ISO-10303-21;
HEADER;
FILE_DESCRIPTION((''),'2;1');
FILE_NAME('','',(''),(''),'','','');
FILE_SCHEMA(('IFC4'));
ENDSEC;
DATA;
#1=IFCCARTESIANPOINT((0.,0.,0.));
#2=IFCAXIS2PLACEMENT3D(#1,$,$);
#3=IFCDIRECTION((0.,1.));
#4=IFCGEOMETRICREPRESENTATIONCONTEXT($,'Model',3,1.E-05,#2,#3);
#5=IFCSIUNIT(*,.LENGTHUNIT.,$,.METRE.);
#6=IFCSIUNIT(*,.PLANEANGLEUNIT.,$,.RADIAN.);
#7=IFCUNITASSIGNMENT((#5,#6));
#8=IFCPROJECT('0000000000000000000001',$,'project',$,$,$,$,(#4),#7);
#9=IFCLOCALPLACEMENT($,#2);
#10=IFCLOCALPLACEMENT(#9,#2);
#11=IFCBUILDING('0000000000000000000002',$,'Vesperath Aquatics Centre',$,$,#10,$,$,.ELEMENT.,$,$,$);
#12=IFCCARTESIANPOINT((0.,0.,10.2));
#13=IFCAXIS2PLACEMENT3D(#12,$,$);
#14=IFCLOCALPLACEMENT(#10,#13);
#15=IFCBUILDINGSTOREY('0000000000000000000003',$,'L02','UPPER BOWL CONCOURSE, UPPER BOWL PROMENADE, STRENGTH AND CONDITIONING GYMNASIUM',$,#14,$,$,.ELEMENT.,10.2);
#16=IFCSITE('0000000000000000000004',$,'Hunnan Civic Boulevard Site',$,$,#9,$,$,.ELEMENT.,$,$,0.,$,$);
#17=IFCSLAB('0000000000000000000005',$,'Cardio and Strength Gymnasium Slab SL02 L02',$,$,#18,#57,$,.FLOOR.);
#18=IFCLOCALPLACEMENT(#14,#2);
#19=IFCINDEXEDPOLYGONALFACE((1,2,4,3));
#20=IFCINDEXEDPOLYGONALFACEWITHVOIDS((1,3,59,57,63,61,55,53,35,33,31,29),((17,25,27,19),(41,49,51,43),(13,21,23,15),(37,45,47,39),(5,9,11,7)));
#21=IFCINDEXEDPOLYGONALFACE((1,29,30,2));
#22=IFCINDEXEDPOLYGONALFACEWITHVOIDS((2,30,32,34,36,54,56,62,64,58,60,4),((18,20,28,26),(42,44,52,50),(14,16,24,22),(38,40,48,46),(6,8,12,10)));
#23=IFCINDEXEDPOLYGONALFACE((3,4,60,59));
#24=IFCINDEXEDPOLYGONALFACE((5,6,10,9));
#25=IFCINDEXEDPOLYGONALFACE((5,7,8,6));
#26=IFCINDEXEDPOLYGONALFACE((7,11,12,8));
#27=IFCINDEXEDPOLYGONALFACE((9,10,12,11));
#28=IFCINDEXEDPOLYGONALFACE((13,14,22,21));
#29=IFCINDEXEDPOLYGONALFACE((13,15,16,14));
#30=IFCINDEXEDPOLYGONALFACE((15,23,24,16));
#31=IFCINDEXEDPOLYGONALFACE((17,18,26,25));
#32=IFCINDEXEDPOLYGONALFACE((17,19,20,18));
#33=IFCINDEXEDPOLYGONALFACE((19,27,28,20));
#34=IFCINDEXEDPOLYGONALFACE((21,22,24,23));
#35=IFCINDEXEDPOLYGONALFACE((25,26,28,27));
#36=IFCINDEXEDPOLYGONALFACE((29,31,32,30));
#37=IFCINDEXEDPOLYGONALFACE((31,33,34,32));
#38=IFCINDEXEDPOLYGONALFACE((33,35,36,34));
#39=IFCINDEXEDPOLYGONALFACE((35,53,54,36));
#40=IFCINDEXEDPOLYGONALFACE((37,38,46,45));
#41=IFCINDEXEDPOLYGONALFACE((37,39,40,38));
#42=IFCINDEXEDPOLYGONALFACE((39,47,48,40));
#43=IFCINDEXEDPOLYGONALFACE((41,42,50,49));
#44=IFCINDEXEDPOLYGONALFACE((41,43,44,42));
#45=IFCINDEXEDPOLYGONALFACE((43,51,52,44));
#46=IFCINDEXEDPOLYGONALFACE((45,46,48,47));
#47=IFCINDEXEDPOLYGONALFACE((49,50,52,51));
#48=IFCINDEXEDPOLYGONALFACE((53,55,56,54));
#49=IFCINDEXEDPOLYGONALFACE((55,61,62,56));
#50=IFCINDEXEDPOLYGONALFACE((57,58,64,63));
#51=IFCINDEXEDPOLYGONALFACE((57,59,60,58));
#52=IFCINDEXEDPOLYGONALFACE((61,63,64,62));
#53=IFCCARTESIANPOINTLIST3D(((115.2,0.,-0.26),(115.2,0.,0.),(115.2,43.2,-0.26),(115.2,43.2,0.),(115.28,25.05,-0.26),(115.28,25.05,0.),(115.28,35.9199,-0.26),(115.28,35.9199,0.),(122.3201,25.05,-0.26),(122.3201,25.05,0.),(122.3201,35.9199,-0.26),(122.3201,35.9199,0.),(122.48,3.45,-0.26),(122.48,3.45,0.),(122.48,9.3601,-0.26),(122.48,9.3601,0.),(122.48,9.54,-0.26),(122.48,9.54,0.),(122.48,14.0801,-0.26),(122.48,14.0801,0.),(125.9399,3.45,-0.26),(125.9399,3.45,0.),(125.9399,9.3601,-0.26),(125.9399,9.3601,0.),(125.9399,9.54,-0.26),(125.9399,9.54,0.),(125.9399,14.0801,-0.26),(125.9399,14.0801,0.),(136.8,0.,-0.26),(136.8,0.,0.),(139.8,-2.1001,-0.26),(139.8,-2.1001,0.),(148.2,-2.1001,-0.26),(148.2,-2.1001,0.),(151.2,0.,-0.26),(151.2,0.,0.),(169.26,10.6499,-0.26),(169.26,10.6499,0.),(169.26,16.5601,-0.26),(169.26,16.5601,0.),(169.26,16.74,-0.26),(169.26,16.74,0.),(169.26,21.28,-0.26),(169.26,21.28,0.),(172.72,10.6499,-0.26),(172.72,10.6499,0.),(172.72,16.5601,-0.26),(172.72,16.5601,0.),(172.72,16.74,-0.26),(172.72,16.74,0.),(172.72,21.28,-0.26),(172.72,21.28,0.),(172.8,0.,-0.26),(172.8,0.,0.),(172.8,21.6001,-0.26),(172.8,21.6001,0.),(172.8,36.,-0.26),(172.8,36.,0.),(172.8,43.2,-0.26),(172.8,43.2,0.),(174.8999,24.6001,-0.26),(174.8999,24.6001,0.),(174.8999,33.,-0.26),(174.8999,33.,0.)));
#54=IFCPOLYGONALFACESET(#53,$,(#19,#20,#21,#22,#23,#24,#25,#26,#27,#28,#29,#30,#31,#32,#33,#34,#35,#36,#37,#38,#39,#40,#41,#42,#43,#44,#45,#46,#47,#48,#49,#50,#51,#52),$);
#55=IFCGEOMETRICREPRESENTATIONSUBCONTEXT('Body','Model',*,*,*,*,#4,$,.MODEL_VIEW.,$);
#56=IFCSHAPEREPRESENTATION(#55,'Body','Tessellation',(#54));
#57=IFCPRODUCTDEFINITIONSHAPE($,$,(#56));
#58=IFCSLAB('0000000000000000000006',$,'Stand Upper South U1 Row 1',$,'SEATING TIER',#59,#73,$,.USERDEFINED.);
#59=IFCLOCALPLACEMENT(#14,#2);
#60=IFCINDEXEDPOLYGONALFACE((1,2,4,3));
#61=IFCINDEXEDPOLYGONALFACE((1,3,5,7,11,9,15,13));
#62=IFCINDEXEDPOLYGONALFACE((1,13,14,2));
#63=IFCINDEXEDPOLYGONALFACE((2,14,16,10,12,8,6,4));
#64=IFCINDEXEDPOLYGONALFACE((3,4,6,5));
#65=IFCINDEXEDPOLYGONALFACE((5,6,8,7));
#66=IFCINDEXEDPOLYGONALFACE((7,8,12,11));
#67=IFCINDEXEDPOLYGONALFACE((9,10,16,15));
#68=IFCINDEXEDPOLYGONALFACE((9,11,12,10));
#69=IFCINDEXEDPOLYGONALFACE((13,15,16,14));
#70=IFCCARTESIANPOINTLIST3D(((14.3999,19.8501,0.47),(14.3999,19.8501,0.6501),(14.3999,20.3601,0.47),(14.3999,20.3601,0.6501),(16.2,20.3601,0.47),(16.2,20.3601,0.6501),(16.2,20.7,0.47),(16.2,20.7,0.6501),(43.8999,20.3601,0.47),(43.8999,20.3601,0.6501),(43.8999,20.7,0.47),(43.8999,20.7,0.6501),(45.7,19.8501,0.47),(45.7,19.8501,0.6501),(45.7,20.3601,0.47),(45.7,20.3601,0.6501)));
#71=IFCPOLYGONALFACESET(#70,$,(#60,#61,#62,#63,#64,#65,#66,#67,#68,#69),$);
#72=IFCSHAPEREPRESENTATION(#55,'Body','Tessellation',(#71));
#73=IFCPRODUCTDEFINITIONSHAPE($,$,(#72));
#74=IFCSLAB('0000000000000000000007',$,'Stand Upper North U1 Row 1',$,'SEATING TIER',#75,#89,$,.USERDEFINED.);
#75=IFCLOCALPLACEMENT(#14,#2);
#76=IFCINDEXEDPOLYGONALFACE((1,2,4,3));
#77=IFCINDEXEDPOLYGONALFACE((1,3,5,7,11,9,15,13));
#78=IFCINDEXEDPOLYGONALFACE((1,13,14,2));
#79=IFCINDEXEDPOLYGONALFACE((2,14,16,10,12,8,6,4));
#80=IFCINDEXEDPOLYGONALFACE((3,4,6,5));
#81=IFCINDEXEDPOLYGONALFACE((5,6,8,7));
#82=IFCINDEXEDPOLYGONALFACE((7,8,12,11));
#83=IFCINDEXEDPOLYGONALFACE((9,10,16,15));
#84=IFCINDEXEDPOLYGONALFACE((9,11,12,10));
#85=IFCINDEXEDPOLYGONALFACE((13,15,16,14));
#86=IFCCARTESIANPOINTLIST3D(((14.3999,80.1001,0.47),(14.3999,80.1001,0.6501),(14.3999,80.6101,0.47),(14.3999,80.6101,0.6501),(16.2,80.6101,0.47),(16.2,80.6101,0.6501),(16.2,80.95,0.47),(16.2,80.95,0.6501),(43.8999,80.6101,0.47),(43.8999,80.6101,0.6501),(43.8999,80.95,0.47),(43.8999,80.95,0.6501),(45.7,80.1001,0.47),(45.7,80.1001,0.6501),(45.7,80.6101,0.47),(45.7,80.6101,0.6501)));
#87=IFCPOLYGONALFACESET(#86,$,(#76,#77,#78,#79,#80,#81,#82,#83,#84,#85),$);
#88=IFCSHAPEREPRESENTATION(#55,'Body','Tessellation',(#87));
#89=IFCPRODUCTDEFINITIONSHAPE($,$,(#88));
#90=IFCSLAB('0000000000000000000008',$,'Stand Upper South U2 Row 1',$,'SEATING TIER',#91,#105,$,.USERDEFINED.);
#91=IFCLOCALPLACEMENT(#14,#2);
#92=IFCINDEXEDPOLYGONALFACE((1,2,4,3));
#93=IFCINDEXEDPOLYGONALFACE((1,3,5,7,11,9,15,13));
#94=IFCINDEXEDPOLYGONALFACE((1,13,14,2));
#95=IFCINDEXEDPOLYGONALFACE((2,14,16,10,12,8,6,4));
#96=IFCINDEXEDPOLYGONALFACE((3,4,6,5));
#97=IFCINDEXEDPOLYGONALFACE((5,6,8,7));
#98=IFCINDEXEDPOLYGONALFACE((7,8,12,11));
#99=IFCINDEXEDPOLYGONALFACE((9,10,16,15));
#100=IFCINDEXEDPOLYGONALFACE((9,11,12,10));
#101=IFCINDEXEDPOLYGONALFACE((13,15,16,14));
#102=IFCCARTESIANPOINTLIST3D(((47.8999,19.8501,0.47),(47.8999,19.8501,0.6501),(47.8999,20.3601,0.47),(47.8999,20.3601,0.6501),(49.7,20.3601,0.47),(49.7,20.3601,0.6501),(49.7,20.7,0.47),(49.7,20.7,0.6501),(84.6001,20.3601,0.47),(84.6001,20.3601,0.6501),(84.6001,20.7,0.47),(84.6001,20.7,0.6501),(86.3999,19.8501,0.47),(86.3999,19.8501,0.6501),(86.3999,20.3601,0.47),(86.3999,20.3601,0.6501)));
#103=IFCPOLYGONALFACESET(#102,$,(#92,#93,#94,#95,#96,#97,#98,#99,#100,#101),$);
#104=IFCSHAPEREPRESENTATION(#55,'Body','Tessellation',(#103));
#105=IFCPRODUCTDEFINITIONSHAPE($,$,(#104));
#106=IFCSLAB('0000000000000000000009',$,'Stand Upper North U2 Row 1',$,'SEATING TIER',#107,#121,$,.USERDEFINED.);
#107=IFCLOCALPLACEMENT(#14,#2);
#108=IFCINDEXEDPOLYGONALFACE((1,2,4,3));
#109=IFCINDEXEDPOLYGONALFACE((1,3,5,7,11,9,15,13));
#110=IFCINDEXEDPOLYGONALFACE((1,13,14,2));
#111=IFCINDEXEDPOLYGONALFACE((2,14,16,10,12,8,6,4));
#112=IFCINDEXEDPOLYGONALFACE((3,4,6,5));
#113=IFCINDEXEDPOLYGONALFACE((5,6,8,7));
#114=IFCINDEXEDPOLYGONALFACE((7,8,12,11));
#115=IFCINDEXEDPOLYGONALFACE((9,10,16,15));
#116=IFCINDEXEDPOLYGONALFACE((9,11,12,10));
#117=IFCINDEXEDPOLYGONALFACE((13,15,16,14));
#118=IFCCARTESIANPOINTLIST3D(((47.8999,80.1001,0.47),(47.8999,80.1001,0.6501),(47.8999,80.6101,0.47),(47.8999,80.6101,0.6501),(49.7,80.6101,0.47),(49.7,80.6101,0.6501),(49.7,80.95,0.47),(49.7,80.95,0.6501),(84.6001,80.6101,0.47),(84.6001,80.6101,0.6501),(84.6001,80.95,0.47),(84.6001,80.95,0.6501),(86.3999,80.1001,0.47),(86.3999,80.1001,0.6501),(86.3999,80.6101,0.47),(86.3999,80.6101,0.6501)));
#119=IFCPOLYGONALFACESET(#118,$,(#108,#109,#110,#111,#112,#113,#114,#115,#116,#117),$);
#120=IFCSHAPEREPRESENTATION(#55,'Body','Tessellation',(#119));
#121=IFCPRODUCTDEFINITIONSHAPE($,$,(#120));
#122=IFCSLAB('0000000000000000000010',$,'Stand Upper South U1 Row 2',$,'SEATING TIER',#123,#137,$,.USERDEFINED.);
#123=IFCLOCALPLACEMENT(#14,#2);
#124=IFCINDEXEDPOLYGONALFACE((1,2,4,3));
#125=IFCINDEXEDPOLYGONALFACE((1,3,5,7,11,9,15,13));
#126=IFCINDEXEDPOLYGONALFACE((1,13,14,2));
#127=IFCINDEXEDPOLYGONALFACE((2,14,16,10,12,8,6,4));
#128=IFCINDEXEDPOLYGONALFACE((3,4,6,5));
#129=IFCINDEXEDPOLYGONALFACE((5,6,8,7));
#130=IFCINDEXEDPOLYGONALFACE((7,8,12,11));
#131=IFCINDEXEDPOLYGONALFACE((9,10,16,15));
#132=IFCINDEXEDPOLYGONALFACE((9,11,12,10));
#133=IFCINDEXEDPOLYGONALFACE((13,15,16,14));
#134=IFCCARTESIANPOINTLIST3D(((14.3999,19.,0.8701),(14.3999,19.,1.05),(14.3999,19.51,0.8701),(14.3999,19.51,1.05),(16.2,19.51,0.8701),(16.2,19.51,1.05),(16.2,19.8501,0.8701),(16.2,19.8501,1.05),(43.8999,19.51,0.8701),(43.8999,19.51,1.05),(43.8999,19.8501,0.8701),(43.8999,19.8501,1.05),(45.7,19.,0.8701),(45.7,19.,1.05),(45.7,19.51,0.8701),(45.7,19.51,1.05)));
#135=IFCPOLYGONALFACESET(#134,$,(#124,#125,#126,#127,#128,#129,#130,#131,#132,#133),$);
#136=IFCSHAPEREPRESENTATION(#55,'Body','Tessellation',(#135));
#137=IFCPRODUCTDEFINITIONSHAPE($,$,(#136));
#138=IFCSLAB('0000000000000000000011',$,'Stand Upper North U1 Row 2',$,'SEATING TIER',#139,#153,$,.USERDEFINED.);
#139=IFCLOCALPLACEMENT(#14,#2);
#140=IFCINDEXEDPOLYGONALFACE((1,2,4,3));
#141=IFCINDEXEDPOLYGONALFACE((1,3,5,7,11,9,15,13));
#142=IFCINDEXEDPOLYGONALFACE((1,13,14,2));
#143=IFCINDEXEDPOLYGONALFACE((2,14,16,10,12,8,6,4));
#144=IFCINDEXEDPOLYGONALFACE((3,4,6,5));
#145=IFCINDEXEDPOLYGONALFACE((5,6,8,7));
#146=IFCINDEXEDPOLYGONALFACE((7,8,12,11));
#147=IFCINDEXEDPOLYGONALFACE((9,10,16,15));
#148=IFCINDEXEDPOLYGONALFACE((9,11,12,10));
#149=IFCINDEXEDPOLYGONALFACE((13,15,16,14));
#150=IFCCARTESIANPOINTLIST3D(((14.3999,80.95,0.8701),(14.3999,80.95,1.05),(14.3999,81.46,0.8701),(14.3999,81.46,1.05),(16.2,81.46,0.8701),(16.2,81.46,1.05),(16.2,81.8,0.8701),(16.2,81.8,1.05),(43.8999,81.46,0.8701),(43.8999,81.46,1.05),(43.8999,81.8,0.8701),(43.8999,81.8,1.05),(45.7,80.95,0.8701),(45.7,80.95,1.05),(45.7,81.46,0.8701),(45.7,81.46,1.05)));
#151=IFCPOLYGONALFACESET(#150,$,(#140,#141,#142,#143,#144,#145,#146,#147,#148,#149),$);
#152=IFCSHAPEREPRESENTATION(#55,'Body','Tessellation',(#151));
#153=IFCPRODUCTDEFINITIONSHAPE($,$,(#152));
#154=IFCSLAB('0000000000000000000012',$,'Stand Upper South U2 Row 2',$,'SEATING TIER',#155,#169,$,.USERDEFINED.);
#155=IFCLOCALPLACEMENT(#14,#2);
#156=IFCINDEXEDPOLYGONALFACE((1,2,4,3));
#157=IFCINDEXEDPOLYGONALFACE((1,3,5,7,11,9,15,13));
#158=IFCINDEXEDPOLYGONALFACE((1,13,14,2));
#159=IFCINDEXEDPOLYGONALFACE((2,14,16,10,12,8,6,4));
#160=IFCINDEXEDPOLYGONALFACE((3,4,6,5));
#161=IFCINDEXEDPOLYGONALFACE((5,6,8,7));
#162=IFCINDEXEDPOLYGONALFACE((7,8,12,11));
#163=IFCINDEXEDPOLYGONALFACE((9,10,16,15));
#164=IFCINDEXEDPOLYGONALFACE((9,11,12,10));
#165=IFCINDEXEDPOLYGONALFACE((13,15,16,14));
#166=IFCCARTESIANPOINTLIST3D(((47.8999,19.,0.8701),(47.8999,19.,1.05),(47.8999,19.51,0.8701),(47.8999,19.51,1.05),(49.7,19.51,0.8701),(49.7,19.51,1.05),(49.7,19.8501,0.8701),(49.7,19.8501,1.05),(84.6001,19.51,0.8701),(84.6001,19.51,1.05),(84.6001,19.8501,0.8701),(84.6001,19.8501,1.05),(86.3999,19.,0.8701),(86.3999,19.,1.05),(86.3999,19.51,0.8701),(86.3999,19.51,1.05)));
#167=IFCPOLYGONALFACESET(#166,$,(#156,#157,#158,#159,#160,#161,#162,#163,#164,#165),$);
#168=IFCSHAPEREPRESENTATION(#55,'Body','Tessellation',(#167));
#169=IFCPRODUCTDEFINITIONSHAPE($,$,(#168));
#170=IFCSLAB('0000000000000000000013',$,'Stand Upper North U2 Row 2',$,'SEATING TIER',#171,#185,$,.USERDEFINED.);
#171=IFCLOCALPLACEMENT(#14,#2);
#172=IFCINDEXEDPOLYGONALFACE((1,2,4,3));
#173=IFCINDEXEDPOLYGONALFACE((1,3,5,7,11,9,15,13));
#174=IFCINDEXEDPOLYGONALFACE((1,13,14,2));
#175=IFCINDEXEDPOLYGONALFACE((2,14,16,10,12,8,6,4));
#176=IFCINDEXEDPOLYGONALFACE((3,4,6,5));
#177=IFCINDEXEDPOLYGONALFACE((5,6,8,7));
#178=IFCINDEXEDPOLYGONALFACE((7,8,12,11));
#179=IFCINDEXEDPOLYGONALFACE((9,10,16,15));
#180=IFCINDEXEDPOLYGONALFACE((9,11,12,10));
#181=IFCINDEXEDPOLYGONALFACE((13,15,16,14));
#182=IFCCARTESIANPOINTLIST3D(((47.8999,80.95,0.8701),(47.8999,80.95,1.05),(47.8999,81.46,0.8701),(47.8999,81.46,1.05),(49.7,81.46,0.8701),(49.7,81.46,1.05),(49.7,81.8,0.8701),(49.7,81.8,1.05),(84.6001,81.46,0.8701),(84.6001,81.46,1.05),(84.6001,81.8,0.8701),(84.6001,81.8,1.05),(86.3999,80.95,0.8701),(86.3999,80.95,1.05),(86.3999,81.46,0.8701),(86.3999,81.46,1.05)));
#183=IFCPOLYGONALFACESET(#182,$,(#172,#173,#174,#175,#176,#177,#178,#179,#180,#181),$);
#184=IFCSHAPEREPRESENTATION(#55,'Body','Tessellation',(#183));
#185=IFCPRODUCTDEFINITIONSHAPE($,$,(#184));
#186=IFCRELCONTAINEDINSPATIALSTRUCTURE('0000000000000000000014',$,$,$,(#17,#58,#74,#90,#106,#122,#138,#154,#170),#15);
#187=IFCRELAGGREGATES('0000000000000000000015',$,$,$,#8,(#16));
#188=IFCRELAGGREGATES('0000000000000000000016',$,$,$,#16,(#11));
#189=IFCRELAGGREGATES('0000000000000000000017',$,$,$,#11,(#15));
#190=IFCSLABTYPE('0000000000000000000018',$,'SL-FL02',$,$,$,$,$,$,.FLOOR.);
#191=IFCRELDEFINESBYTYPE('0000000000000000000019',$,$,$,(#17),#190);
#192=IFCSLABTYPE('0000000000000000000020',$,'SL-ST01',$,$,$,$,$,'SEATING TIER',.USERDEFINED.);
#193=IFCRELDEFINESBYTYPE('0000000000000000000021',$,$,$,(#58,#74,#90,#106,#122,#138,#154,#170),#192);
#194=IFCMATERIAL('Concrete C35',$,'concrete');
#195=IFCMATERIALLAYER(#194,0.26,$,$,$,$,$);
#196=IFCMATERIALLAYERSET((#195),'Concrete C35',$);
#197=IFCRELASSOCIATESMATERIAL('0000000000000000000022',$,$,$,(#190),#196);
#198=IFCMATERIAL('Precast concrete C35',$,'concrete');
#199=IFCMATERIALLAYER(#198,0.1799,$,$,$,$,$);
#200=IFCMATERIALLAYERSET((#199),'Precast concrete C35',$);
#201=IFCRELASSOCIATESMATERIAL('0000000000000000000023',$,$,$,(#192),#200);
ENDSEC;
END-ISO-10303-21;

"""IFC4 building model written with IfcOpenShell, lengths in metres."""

from ifc_helpers import new_model, si_unit, direction, frame, origin, place, context, subcontext, project, spatial, polyline, outline, extrude, material, layer, layer_set, type_object, element, save


model = new_model("IFC4")

# Units and contexts
model_context = context("Model", 3, precision=1e-05, world=origin(), true_north=direction((0.0, 1.0)))
body_context = subcontext(model_context, "Body", "Model", "MODEL_VIEW")
ifc_project = project(units=[si_unit("LENGTHUNIT", "METRE"), si_unit("PLANEANGLEUNIT", "RADIAN")], contexts=[model_context])

# Site, building, storey
site_placement = place(None, origin())
site = spatial("IfcSite", under=ifc_project, at=site_placement, Name="Hunnan Civic Boulevard Site", CompositionType="ELEMENT", RefElevation=0.0)
building_placement = place(site_placement, origin())
building = spatial("IfcBuilding", under=site, at=building_placement, Name="Vesperath Aquatics Centre", CompositionType="ELEMENT")
storey_placement = place(building_placement, frame((0.0, 0.0, 10.2)))
storey = spatial("IfcBuildingStorey", under=building, at=storey_placement, Name="L02", Description="UPPER BOWL CONCOURSE, UPPER BOWL PROMENADE, STRENGTH AND CONDITIONING GYMNASIUM", CompositionType="ELEMENT", Elevation=10.2)

# Slabs
ifc_material_1 = material(Name="Concrete C35", Category="concrete")
ifc_layer_1 = layer(ifc_material_1, 0.26)
ifc_layer_set_1 = layer_set([ifc_layer_1], Name="Concrete C35")
slab_type_1 = type_object("IfcSlabType", Name="SL-FL02", PredefinedType="FLOOR", material=ifc_layer_set_1)
slab_1_placement = place(storey_placement, frame((0.0, 0.0, -0.26)))
element("IfcSlab", 1, at=slab_1_placement, inside=storey, type_object=slab_type_1, Name="Cardio and Strength Gymnasium Slab SL02 L02", PredefinedType="FLOOR", context=body_context, shape_type="SweptSolid", body=[
    extrude(outline(polyline([(115.2, 0.0), (136.8, 0.0), (139.8, -2.1001), (148.2, -2.1001), (151.2, 0.0), (172.8, 0.0), (172.8, 21.6001), (174.8999, 24.6001), (174.8999, 33.0), (172.8, 36.0), (172.8, 43.2), (115.2, 43.2), (115.2, 0.0)]), holes=[polyline([(122.48, 3.45), (125.9399, 3.45), (125.9399, 9.3601), (122.48, 9.3601), (122.48, 3.45)]), polyline([(122.48, 9.54), (125.9399, 9.54), (125.9399, 14.0801), (122.48, 14.0801), (122.48, 9.54)]), polyline([(169.26, 10.6499), (172.72, 10.6499), (172.72, 16.5601), (169.26, 16.5601), (169.26, 10.6499)]), polyline([(169.26, 16.74), (172.72, 16.74), (172.72, 21.28), (169.26, 21.28), (169.26, 16.74)]), polyline([(115.28, 25.05), (122.3201, 25.05), (122.3201, 35.9199), (115.28, 35.9199), (115.28, 25.05)])]), origin(), (0.0, 0.0, 1.0), 0.26),
])
ifc_material_2 = material(Name="Precast concrete C35", Category="concrete")
ifc_layer_2 = layer(ifc_material_2, 0.1799)
ifc_layer_set_2 = layer_set([ifc_layer_2], Name="Precast concrete C35")
slab_type_2 = type_object("IfcSlabType", Name="SL-ST01", ElementType="SEATING TIER", PredefinedType="USERDEFINED", material=ifc_layer_set_2)
slab_2_placement = place(storey_placement, frame((0.0, 0.0, 0.47)))
element("IfcSlab", 2, at=slab_2_placement, inside=storey, type_object=slab_type_2, Name="Stand Upper South U1 Row 1", ObjectType="SEATING TIER", PredefinedType="USERDEFINED", context=body_context, shape_type="SweptSolid", body=[
    extrude(outline(polyline([(14.3999, 19.8501), (45.7, 19.8501), (45.7, 20.3601), (43.8999, 20.3601), (43.8999, 20.7), (16.2, 20.7), (16.2, 20.3601), (14.3999, 20.3601), (14.3999, 19.8501)])), origin(), (0.0, 0.0, 1.0), 0.1802),
])
slab_3_placement = place(storey_placement, frame((0.0, 0.0, 0.47)))
element("IfcSlab", 3, at=slab_3_placement, inside=storey, type_object=slab_type_2, Name="Stand Upper North U1 Row 1", ObjectType="SEATING TIER", PredefinedType="USERDEFINED", context=body_context, shape_type="SweptSolid", body=[
    extrude(outline(polyline([(14.3999, 80.1001), (45.7, 80.1001), (45.7, 80.6101), (43.8999, 80.6101), (43.8999, 80.95), (16.2, 80.95), (16.2, 80.6101), (14.3999, 80.6101), (14.3999, 80.1001)])), origin(), (0.0, 0.0, 1.0), 0.1802),
])
slab_4_placement = place(storey_placement, frame((0.0, 0.0, 0.47)))
element("IfcSlab", 4, at=slab_4_placement, inside=storey, type_object=slab_type_2, Name="Stand Upper South U2 Row 1", ObjectType="SEATING TIER", PredefinedType="USERDEFINED", context=body_context, shape_type="SweptSolid", body=[
    extrude(outline(polyline([(47.8999, 19.8501), (86.3999, 19.8501), (86.3999, 20.3601), (84.6001, 20.3601), (84.6001, 20.7), (49.7, 20.7), (49.7, 20.3601), (47.8999, 20.3601), (47.8999, 19.8501)])), origin(), (0.0, 0.0, 1.0), 0.1802),
])
slab_5_placement = place(storey_placement, frame((0.0, 0.0, 0.47)))
element("IfcSlab", 5, at=slab_5_placement, inside=storey, type_object=slab_type_2, Name="Stand Upper North U2 Row 1", ObjectType="SEATING TIER", PredefinedType="USERDEFINED", context=body_context, shape_type="SweptSolid", body=[
    extrude(outline(polyline([(47.8999, 80.1001), (86.3999, 80.1001), (86.3999, 80.6101), (84.6001, 80.6101), (84.6001, 80.95), (49.7, 80.95), (49.7, 80.6101), (47.8999, 80.6101), (47.8999, 80.1001)])), origin(), (0.0, 0.0, 1.0), 0.1802),
])
slab_6_placement = place(storey_placement, frame((0.0, 0.0, 0.8701)))
element("IfcSlab", 6, at=slab_6_placement, inside=storey, type_object=slab_type_2, Name="Stand Upper South U1 Row 2", ObjectType="SEATING TIER", PredefinedType="USERDEFINED", context=body_context, shape_type="SweptSolid", body=[
    extrude(outline(polyline([(14.3999, 19.0), (45.7, 19.0), (45.7, 19.51), (43.8999, 19.51), (43.8999, 19.8501), (16.2, 19.8501), (16.2, 19.51), (14.3999, 19.51), (14.3999, 19.0)])), origin(), (0.0, 0.0, 1.0), 0.1799),
])
slab_7_placement = place(storey_placement, frame((0.0, 0.0, 0.8701)))
element("IfcSlab", 7, at=slab_7_placement, inside=storey, type_object=slab_type_2, Name="Stand Upper North U1 Row 2", ObjectType="SEATING TIER", PredefinedType="USERDEFINED", context=body_context, shape_type="SweptSolid", body=[
    extrude(outline(polyline([(14.3999, 80.95), (45.7, 80.95), (45.7, 81.46), (43.8999, 81.46), (43.8999, 81.8), (16.2, 81.8), (16.2, 81.46), (14.3999, 81.46), (14.3999, 80.95)])), origin(), (0.0, 0.0, 1.0), 0.1799),
])
slab_8_placement = place(storey_placement, frame((0.0, 0.0, 0.8701)))
element("IfcSlab", 8, at=slab_8_placement, inside=storey, type_object=slab_type_2, Name="Stand Upper South U2 Row 2", ObjectType="SEATING TIER", PredefinedType="USERDEFINED", context=body_context, shape_type="SweptSolid", body=[
    extrude(outline(polyline([(47.8999, 19.0), (86.3999, 19.0), (86.3999, 19.51), (84.6001, 19.51), (84.6001, 19.8501), (49.7, 19.8501), (49.7, 19.51), (47.8999, 19.51), (47.8999, 19.0)])), origin(), (0.0, 0.0, 1.0), 0.1799),
])
slab_9_placement = place(storey_placement, frame((0.0, 0.0, 0.8701)))
element("IfcSlab", 9, at=slab_9_placement, inside=storey, type_object=slab_type_2, Name="Stand Upper North U2 Row 2", ObjectType="SEATING TIER", PredefinedType="USERDEFINED", context=body_context, shape_type="SweptSolid", body=[
    extrude(outline(polyline([(47.8999, 80.95), (86.3999, 80.95), (86.3999, 81.46), (84.6001, 81.46), (84.6001, 81.8), (49.7, 81.8), (49.7, 81.46), (47.8999, 81.46), (47.8999, 80.95)])), origin(), (0.0, 0.0, 1.0), 0.1799),
])

save(model, "model.ifc")
